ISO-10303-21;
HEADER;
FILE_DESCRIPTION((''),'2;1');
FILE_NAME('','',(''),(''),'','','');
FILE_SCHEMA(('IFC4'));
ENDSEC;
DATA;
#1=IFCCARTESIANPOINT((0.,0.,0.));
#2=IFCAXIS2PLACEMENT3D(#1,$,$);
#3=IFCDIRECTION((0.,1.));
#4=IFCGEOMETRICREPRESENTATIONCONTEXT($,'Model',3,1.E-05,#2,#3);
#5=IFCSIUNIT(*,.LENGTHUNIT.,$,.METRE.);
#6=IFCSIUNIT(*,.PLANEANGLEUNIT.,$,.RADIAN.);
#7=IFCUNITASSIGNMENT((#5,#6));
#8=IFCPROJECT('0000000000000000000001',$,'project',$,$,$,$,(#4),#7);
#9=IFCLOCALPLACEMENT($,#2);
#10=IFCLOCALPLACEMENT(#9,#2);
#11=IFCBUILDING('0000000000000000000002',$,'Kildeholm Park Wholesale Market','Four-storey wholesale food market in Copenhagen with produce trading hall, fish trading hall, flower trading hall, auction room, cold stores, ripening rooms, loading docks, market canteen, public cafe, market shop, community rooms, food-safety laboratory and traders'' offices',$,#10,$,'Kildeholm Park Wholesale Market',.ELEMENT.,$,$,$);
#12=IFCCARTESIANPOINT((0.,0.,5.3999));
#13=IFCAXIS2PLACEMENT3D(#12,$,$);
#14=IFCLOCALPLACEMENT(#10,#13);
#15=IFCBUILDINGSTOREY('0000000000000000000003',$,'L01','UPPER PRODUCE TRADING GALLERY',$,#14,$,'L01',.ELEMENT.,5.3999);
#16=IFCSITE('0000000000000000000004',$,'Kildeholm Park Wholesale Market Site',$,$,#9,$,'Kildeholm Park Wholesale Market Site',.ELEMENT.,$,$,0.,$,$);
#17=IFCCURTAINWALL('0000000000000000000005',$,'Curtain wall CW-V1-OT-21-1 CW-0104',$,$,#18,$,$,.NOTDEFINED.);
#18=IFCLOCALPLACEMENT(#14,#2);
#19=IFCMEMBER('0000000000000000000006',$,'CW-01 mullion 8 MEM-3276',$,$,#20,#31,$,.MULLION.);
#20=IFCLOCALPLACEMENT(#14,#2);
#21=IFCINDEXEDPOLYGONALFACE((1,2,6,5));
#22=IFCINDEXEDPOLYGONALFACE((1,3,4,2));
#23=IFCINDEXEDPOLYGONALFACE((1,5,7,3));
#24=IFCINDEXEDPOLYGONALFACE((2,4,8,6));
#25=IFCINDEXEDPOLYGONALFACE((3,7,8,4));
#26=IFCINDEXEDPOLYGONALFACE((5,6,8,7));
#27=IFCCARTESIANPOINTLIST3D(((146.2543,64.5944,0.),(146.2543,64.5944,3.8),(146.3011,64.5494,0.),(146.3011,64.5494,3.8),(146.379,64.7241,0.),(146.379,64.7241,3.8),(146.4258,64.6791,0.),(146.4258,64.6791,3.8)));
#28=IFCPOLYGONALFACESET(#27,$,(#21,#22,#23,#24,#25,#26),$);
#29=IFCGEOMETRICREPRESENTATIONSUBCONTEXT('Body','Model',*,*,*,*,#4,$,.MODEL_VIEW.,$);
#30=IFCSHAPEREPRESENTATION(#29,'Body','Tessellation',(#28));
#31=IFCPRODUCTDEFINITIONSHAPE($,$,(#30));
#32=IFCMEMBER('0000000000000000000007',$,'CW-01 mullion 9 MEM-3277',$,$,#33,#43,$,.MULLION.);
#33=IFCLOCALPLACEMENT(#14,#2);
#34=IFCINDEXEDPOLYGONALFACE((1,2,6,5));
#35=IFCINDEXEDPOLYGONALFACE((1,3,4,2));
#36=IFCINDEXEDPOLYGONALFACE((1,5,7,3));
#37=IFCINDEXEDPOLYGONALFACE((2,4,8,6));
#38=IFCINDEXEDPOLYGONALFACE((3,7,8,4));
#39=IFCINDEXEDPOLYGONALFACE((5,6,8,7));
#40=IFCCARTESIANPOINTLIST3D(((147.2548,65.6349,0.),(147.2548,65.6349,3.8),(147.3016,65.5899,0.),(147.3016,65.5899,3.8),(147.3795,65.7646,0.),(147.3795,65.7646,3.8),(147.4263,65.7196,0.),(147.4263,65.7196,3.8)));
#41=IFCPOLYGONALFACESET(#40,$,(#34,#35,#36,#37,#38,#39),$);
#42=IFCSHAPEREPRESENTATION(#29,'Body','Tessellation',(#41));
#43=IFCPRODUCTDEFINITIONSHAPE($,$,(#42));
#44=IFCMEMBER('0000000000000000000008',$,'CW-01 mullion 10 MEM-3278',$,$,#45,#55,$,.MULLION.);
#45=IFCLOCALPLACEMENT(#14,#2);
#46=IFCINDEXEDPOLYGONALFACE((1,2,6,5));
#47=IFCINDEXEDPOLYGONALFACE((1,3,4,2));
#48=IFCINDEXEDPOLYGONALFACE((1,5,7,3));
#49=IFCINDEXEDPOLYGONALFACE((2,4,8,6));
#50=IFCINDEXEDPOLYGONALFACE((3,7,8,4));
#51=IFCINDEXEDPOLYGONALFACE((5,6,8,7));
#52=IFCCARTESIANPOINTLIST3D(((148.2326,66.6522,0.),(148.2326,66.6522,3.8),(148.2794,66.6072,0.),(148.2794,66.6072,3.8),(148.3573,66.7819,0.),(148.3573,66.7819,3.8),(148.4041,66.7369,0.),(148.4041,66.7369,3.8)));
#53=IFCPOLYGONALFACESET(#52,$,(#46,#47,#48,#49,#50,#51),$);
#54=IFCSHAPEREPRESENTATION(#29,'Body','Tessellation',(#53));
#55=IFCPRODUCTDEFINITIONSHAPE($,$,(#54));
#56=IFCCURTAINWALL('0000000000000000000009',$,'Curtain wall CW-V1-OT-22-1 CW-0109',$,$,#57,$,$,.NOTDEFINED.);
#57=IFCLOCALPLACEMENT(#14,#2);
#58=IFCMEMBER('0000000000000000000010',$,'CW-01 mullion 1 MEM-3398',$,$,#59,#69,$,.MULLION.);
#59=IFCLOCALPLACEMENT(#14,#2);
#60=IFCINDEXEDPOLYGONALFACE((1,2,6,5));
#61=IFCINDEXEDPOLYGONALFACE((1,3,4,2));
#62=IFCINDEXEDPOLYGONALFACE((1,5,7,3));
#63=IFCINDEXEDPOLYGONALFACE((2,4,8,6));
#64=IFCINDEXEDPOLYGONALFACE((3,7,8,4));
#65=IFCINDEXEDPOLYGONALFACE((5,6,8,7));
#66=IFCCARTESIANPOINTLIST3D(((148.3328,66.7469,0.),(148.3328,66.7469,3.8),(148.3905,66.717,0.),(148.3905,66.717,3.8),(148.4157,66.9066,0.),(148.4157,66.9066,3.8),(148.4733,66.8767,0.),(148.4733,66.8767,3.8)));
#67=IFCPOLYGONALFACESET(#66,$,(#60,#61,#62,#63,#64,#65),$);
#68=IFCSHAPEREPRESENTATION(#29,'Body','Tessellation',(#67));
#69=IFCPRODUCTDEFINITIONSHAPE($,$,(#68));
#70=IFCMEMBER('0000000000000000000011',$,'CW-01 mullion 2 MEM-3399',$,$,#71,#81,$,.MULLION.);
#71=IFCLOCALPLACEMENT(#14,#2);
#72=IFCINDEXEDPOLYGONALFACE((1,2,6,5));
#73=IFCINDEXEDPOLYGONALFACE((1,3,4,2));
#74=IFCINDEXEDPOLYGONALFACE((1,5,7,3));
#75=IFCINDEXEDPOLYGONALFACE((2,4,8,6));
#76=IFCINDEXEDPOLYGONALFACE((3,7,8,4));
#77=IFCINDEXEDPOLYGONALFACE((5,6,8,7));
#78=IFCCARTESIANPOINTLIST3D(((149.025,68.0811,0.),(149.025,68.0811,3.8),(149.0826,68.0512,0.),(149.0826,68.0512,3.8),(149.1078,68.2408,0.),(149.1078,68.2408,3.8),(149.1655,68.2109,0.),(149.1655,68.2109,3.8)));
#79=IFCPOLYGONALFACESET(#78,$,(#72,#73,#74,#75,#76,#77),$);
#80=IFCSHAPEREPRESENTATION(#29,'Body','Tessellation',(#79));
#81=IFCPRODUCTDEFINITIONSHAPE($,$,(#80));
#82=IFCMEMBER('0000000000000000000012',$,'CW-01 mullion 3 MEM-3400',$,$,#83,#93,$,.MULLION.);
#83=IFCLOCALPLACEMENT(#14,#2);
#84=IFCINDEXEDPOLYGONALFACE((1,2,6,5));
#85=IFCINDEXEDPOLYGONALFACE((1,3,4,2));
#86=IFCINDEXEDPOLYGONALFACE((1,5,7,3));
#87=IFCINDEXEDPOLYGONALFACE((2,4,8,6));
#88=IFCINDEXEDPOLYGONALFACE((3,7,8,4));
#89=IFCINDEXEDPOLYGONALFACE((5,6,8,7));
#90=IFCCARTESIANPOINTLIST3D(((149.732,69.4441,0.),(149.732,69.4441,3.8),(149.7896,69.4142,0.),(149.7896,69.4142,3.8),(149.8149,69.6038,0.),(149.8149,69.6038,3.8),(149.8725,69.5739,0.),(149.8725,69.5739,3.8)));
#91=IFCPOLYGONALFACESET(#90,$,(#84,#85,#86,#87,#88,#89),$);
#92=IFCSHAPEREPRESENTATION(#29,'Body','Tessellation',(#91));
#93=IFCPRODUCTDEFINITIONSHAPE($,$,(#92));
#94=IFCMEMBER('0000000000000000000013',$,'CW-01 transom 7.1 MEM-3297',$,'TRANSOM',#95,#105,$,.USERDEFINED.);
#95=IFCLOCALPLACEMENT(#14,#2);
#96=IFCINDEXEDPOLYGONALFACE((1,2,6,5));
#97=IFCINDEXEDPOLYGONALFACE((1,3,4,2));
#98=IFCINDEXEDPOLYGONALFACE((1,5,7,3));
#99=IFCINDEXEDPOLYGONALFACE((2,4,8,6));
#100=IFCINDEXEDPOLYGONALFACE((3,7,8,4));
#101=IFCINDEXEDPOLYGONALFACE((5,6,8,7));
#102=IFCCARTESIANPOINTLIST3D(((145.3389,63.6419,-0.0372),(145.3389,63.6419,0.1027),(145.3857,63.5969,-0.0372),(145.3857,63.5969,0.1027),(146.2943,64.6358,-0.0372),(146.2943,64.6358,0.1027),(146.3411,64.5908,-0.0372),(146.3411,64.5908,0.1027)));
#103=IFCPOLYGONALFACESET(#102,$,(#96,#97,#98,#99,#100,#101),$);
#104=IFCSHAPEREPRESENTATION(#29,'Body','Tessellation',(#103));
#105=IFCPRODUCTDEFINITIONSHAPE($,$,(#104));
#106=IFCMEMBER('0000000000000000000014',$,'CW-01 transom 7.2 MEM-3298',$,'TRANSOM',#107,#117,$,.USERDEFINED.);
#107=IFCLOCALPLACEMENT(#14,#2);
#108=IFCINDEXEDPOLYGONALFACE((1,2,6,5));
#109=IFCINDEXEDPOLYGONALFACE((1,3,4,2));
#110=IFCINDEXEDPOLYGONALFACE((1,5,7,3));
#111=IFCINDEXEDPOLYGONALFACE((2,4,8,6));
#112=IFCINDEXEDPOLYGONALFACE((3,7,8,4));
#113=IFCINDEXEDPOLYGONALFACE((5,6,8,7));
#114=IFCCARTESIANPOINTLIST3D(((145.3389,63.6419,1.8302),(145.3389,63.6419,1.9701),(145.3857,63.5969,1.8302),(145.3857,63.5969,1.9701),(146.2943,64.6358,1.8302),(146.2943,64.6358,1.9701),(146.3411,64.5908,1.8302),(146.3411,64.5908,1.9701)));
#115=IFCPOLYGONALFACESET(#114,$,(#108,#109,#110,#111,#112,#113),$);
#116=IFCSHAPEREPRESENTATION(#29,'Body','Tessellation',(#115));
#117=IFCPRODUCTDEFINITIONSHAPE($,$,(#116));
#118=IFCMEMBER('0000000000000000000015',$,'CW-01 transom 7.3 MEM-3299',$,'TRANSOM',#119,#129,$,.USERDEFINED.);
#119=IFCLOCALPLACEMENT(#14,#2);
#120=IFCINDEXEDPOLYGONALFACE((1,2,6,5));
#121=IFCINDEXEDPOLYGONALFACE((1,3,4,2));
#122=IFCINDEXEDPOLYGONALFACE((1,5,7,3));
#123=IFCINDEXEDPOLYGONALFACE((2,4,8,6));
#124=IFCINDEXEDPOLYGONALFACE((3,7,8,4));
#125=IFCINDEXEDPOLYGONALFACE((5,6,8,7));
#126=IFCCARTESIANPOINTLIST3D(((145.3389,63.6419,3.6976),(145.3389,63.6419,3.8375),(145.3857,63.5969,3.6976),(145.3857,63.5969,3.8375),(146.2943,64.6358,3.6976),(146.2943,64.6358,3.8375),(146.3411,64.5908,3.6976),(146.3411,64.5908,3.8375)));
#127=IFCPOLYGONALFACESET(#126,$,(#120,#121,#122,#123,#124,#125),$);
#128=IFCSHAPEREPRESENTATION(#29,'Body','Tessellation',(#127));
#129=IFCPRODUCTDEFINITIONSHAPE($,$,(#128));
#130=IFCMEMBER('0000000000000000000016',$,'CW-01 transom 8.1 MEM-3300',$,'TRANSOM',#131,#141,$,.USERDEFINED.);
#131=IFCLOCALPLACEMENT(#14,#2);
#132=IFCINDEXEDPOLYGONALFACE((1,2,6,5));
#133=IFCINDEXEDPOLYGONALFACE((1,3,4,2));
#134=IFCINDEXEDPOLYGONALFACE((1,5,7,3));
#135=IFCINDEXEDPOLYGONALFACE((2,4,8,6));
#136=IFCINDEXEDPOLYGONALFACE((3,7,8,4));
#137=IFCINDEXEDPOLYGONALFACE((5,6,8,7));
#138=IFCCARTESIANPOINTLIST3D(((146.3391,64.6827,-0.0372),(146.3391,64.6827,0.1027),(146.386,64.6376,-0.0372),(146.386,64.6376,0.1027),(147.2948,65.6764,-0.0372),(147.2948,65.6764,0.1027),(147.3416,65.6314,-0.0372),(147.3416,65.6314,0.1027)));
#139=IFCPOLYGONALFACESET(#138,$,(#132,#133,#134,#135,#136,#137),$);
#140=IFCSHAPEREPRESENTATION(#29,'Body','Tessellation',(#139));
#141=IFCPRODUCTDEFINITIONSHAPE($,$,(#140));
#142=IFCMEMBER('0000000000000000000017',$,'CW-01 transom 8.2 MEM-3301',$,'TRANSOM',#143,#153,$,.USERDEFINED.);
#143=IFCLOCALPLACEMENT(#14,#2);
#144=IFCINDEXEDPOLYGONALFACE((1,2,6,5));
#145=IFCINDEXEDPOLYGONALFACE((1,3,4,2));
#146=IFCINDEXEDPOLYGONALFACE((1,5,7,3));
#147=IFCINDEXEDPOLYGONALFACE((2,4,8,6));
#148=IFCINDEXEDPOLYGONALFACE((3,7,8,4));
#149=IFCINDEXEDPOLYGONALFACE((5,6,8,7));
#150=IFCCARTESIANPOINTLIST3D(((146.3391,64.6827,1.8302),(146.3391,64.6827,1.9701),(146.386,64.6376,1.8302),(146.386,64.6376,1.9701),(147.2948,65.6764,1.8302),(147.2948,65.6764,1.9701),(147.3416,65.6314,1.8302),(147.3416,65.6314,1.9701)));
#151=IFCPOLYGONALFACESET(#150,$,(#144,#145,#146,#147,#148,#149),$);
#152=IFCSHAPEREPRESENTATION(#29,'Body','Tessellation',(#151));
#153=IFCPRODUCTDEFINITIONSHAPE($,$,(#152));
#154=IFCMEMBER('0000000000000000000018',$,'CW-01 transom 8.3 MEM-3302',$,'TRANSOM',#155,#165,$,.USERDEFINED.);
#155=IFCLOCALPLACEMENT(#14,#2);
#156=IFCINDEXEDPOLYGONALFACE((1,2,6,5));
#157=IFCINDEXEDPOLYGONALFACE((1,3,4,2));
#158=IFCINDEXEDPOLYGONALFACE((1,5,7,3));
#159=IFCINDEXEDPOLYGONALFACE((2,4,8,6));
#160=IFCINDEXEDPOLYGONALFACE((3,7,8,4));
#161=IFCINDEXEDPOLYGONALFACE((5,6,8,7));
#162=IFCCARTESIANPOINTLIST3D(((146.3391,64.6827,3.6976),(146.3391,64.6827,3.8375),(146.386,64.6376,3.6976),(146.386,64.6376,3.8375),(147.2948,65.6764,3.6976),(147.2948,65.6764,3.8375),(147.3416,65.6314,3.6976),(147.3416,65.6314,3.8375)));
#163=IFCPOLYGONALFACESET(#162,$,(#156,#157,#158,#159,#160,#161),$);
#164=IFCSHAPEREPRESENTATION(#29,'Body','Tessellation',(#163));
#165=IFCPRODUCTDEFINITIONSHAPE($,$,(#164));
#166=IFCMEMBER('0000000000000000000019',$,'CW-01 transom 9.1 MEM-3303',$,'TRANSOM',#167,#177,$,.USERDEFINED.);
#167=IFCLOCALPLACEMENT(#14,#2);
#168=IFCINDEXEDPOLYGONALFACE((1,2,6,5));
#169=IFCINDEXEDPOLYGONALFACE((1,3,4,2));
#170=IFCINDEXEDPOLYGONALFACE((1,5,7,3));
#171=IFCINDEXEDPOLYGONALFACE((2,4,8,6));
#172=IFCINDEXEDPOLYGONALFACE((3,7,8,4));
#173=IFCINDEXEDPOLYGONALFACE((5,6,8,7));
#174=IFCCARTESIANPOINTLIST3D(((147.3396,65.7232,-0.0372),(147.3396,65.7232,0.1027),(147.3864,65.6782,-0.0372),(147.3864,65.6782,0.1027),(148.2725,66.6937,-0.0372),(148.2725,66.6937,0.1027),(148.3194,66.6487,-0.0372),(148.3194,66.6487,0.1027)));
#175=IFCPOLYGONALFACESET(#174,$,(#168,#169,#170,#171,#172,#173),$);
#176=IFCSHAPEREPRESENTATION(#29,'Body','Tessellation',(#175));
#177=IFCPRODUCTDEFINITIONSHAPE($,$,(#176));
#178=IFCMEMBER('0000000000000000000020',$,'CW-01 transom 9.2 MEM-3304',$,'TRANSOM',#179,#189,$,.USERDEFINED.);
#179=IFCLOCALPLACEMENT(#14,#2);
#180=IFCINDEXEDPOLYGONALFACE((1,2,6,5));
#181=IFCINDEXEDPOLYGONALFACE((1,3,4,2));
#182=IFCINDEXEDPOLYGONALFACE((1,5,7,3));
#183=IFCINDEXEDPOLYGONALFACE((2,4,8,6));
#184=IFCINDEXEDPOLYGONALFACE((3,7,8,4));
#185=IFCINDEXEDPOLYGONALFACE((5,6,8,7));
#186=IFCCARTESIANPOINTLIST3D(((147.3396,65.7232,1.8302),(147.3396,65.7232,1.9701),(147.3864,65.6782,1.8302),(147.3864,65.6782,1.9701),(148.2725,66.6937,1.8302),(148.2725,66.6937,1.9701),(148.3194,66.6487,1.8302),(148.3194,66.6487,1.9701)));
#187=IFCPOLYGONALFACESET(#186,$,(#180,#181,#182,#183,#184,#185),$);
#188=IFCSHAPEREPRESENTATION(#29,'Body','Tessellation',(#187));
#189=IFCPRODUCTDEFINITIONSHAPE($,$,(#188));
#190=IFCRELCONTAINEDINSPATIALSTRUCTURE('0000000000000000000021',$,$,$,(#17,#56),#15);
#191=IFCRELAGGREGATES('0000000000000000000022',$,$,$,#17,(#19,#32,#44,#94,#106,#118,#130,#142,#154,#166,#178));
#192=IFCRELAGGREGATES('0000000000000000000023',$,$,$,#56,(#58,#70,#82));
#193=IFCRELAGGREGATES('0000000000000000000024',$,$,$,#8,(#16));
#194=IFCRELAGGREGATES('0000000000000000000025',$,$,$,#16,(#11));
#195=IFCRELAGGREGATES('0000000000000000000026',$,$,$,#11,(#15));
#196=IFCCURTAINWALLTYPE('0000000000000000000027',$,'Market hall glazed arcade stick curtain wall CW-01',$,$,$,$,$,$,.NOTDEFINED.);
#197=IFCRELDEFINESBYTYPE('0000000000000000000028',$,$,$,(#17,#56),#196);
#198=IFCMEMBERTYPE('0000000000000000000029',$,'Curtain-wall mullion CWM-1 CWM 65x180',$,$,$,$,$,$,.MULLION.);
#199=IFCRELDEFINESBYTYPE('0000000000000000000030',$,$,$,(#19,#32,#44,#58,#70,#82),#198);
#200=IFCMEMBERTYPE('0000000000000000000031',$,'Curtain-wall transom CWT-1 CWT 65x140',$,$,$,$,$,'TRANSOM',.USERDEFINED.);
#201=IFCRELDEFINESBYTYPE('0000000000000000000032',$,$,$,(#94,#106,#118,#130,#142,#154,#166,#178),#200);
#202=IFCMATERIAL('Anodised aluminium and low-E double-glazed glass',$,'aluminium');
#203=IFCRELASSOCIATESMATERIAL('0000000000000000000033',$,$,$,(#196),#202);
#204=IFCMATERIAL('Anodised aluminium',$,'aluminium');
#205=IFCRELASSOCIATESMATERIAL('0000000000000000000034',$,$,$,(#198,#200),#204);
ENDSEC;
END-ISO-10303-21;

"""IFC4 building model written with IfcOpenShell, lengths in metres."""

from ifc_helpers import new_model, si_unit, direction, frame, origin, origin_2d, place, context, subcontext, project, spatial, rectangle, extrude, material, material_profile, profile_set, type_object, element, aggregate, save


model = new_model("IFC4")

# Units and contexts
model_context = context("Model", 3, precision=1e-05, world=origin(), true_north=direction((0.0, 1.0)))
body_context = subcontext(model_context, "Body", "Model", "MODEL_VIEW")
ifc_project = project(units=[si_unit("LENGTHUNIT", "METRE"), si_unit("PLANEANGLEUNIT", "RADIAN")], contexts=[model_context])

# Site, building, storey
site_placement = place(None, origin())
site = spatial("IfcSite", under=ifc_project, at=site_placement, Name="Kildeholm Park Wholesale Market Site", LongName="Kildeholm Park Wholesale Market Site", CompositionType="ELEMENT", RefElevation=0.0)
building_placement = place(site_placement, origin())
building = spatial("IfcBuilding", under=site, at=building_placement, Name="Kildeholm Park Wholesale Market", Description="Four-storey wholesale food market in Copenhagen with produce trading hall, fish trading hall, flower trading hall, auction room, cold stores, ripening rooms, loading docks, market canteen, public cafe, market shop, community rooms, food-safety laboratory and traders' offices", LongName="Kildeholm Park Wholesale Market", CompositionType="ELEMENT")
storey_placement = place(building_placement, frame((0.0, 0.0, 5.3999)))
storey = spatial("IfcBuildingStorey", under=building, at=storey_placement, Name="L01", Description="UPPER PRODUCE TRADING GALLERY", LongName="L01", CompositionType="ELEMENT", Elevation=5.3999)

# Curtain walls, members
ifc_material_1 = material(Name="Anodised aluminium and low-E double-glazed glass", Category="aluminium")
curtain_wall_type = type_object("IfcCurtainWallType", Name="Market hall glazed arcade stick curtain wall CW-01", PredefinedType="NOTDEFINED", material=ifc_material_1)
curtain_wall_1_placement = place(storey_placement, origin())
curtain_wall_1 = element("IfcCurtainWall", 1, at=curtain_wall_1_placement, inside=storey, type_object=curtain_wall_type, Name="Curtain wall CW-V1-OT-21-1 CW-0104", PredefinedType="NOTDEFINED")
ifc_material_2 = material(Name="Anodised aluminium", Category="aluminium")
ifc_material_profile_1 = material_profile(ifc_material_2, rectangle(XDim=0.0649, YDim=0.1799, at=origin_2d()), Name="CWM 65x180")
ifc_profile_set_1 = profile_set([ifc_material_profile_1], Name="Anodised aluminium")
member_type_1 = type_object("IfcMemberType", Name="Curtain-wall mullion CWM-1 CWM 65x180", PredefinedType="MULLION", material=ifc_profile_set_1)
member_1_placement = place(storey_placement, frame((146.3401, 64.6367, 0.0), z_axis=(0.0, 0.0, 1.0), x_axis=(-0.720901, 0.693038, 0.0)))
member_1 = element("IfcMember", 2, at=member_1_placement, type_object=member_type_1, Name="CW-01 mullion 8 MEM-3276", PredefinedType="MULLION", context=body_context, shape_type="SweptSolid", body=[
    extrude(rectangle(XDim=0.0649, YDim=0.1799, at=origin_2d()), origin(), (0.0, 0.0, 1.0), 3.8),
])
member_2_placement = place(storey_placement, frame((147.3406, 65.6772, 0.0), z_axis=(0.0, 0.0, 1.0), x_axis=(-0.720901, 0.693038, 0.0)))
member_2 = element("IfcMember", 3, at=member_2_placement, type_object=member_type_1, Name="CW-01 mullion 9 MEM-3277", PredefinedType="MULLION", context=body_context, shape_type="SweptSolid", body=[
    extrude(rectangle(XDim=0.0649, YDim=0.1799, at=origin_2d()), origin(), (0.0, 0.0, 1.0), 3.8),
])
member_3_placement = place(storey_placement, frame((148.3184, 66.6946, 0.0), z_axis=(0.0, 0.0, 1.0), x_axis=(-0.720901, 0.693038, 0.0)))
member_3 = element("IfcMember", 4, at=member_3_placement, type_object=member_type_1, Name="CW-01 mullion 10 MEM-3278", PredefinedType="MULLION", context=body_context, shape_type="SweptSolid", body=[
    extrude(rectangle(XDim=0.0649, YDim=0.1799, at=origin_2d()), origin(), (0.0, 0.0, 1.0), 3.8),
])
curtain_wall_2_placement = place(storey_placement, origin())
curtain_wall_2 = element("IfcCurtainWall", 5, at=curtain_wall_2_placement, inside=storey, type_object=curtain_wall_type, Name="Curtain wall CW-V1-OT-22-1 CW-0109", PredefinedType="NOTDEFINED")
member_4_placement = place(storey_placement, frame((148.4031, 66.8118, 0.0), z_axis=(0.0, 0.0, 1.0), x_axis=(-0.887652, 0.460514, 0.0)))
member_4 = element("IfcMember", 6, at=member_4_placement, type_object=member_type_1, Name="CW-01 mullion 1 MEM-3398", PredefinedType="MULLION", context=body_context, shape_type="SweptSolid", body=[
    extrude(rectangle(XDim=0.0649, YDim=0.1799, at=origin_2d()), origin(), (0.0, 0.0, 1.0), 3.8),
])
member_5_placement = place(storey_placement, frame((149.0952, 68.146, 0.0), z_axis=(0.0, 0.0, 1.0), x_axis=(-0.887652, 0.460514, 0.0)))
member_5 = element("IfcMember", 7, at=member_5_placement, type_object=member_type_1, Name="CW-01 mullion 2 MEM-3399", PredefinedType="MULLION", context=body_context, shape_type="SweptSolid", body=[
    extrude(rectangle(XDim=0.0649, YDim=0.1799, at=origin_2d()), origin(), (0.0, 0.0, 1.0), 3.8),
])
member_6_placement = place(storey_placement, frame((149.8022, 69.509, 0.0), z_axis=(0.0, 0.0, 1.0), x_axis=(-0.887652, 0.460514, 0.0)))
member_6 = element("IfcMember", 8, at=member_6_placement, type_object=member_type_1, Name="CW-01 mullion 3 MEM-3400", PredefinedType="MULLION", context=body_context, shape_type="SweptSolid", body=[
    extrude(rectangle(XDim=0.0649, YDim=0.1799, at=origin_2d()), origin(), (0.0, 0.0, 1.0), 3.8),
])

# Members
ifc_material_profile_2 = material_profile(ifc_material_2, rectangle(XDim=0.0649, YDim=0.1399, at=origin_2d()), Name="CWT 65x140")
ifc_profile_set_2 = profile_set([ifc_material_profile_2], Name="Anodised aluminium")
member_type_2 = type_object("IfcMemberType", Name="Curtain-wall transom CWT-1 CWT 65x140", ElementType="TRANSOM", PredefinedType="USERDEFINED", material=ifc_profile_set_2)
member_7_placement = place(storey_placement, frame((145.3623, 63.6194, 0.0327), z_axis=(0.692978, 0.720959, 0.0), x_axis=(-0.720959, 0.692978, 0.0)))
member_7 = element("IfcMember", 9, at=member_7_placement, type_object=member_type_2, Name="CW-01 transom 7.1 MEM-3297", ObjectType="TRANSOM", PredefinedType="USERDEFINED", context=body_context, shape_type="SweptSolid", body=[
    extrude(rectangle(XDim=0.0649, YDim=0.1399, at=origin_2d()), origin(), (0.0, 0.0, 1.0), 1.3787),
])
member_8_placement = place(storey_placement, frame((145.3623, 63.6194, 1.9001), z_axis=(0.692978, 0.720959, 0.0), x_axis=(-0.720959, 0.692978, 0.0)))
member_8 = element("IfcMember", 10, at=member_8_placement, type_object=member_type_2, Name="CW-01 transom 7.2 MEM-3298", ObjectType="TRANSOM", PredefinedType="USERDEFINED", context=body_context, shape_type="SweptSolid", body=[
    extrude(rectangle(XDim=0.0649, YDim=0.1399, at=origin_2d()), origin(), (0.0, 0.0, 1.0), 1.3787),
])
member_9_placement = place(storey_placement, frame((145.3623, 63.6194, 3.7676), z_axis=(0.692978, 0.720959, 0.0), x_axis=(-0.720959, 0.692978, 0.0)))
member_9 = element("IfcMember", 11, at=member_9_placement, type_object=member_type_2, Name="CW-01 transom 7.3 MEM-3299", ObjectType="TRANSOM", PredefinedType="USERDEFINED", context=body_context, shape_type="SweptSolid", body=[
    extrude(rectangle(XDim=0.0649, YDim=0.1399, at=origin_2d()), origin(), (0.0, 0.0, 1.0), 1.3787),
])
member_10_placement = place(storey_placement, frame((146.3625, 64.6602, 0.0327), z_axis=(0.693158, 0.720785, 0.0), x_axis=(-0.720785, 0.693158, 0.0)))
member_10 = element("IfcMember", 12, at=member_10_placement, type_object=member_type_2, Name="CW-01 transom 8.1 MEM-3300", ObjectType="TRANSOM", PredefinedType="USERDEFINED", context=body_context, shape_type="SweptSolid", body=[
    extrude(rectangle(XDim=0.0649, YDim=0.1399, at=origin_2d()), origin(), (0.0, 0.0, 1.0), 1.3787),
])
member_11_placement = place(storey_placement, frame((146.3625, 64.6602, 1.9001), z_axis=(0.693158, 0.720785, 0.0), x_axis=(-0.720785, 0.693158, 0.0)))
member_11 = element("IfcMember", 13, at=member_11_placement, type_object=member_type_2, Name="CW-01 transom 8.2 MEM-3301", ObjectType="TRANSOM", PredefinedType="USERDEFINED", context=body_context, shape_type="SweptSolid", body=[
    extrude(rectangle(XDim=0.0649, YDim=0.1399, at=origin_2d()), origin(), (0.0, 0.0, 1.0), 1.3787),
])
member_12_placement = place(storey_placement, frame((146.3625, 64.6602, 3.7676), z_axis=(0.693158, 0.720785, 0.0), x_axis=(-0.720785, 0.693158, 0.0)))
member_12 = element("IfcMember", 14, at=member_12_placement, type_object=member_type_2, Name="CW-01 transom 8.3 MEM-3302", ObjectType="TRANSOM", PredefinedType="USERDEFINED", context=body_context, shape_type="SweptSolid", body=[
    extrude(rectangle(XDim=0.0649, YDim=0.1399, at=origin_2d()), origin(), (0.0, 0.0, 1.0), 1.3787),
])
member_13_placement = place(storey_placement, frame((147.363, 65.7007, 0.0327), z_axis=(0.693004, 0.720934, 0.0), x_axis=(-0.720934, 0.693004, 0.0)))
member_13 = element("IfcMember", 15, at=member_13_placement, type_object=member_type_2, Name="CW-01 transom 9.1 MEM-3303", ObjectType="TRANSOM", PredefinedType="USERDEFINED", context=body_context, shape_type="SweptSolid", body=[
    extrude(rectangle(XDim=0.0649, YDim=0.1399, at=origin_2d()), origin(), (0.0, 0.0, 1.0), 1.3462),
])
member_14_placement = place(storey_placement, frame((147.363, 65.7007, 1.9001), z_axis=(0.693004, 0.720934, 0.0), x_axis=(-0.720934, 0.693004, 0.0)))
member_14 = element("IfcMember", 16, at=member_14_placement, type_object=member_type_2, Name="CW-01 transom 9.2 MEM-3304", ObjectType="TRANSOM", PredefinedType="USERDEFINED", context=body_context, shape_type="SweptSolid", body=[
    extrude(rectangle(XDim=0.0649, YDim=0.1399, at=origin_2d()), origin(), (0.0, 0.0, 1.0), 1.3462),
])

aggregate(curtain_wall_1, [member_1, member_2, member_3, member_7, member_8, member_9, member_10, member_11, member_12, member_13, member_14])
aggregate(curtain_wall_2, [member_4, member_5, member_6])

save(model, "model.ifc")
